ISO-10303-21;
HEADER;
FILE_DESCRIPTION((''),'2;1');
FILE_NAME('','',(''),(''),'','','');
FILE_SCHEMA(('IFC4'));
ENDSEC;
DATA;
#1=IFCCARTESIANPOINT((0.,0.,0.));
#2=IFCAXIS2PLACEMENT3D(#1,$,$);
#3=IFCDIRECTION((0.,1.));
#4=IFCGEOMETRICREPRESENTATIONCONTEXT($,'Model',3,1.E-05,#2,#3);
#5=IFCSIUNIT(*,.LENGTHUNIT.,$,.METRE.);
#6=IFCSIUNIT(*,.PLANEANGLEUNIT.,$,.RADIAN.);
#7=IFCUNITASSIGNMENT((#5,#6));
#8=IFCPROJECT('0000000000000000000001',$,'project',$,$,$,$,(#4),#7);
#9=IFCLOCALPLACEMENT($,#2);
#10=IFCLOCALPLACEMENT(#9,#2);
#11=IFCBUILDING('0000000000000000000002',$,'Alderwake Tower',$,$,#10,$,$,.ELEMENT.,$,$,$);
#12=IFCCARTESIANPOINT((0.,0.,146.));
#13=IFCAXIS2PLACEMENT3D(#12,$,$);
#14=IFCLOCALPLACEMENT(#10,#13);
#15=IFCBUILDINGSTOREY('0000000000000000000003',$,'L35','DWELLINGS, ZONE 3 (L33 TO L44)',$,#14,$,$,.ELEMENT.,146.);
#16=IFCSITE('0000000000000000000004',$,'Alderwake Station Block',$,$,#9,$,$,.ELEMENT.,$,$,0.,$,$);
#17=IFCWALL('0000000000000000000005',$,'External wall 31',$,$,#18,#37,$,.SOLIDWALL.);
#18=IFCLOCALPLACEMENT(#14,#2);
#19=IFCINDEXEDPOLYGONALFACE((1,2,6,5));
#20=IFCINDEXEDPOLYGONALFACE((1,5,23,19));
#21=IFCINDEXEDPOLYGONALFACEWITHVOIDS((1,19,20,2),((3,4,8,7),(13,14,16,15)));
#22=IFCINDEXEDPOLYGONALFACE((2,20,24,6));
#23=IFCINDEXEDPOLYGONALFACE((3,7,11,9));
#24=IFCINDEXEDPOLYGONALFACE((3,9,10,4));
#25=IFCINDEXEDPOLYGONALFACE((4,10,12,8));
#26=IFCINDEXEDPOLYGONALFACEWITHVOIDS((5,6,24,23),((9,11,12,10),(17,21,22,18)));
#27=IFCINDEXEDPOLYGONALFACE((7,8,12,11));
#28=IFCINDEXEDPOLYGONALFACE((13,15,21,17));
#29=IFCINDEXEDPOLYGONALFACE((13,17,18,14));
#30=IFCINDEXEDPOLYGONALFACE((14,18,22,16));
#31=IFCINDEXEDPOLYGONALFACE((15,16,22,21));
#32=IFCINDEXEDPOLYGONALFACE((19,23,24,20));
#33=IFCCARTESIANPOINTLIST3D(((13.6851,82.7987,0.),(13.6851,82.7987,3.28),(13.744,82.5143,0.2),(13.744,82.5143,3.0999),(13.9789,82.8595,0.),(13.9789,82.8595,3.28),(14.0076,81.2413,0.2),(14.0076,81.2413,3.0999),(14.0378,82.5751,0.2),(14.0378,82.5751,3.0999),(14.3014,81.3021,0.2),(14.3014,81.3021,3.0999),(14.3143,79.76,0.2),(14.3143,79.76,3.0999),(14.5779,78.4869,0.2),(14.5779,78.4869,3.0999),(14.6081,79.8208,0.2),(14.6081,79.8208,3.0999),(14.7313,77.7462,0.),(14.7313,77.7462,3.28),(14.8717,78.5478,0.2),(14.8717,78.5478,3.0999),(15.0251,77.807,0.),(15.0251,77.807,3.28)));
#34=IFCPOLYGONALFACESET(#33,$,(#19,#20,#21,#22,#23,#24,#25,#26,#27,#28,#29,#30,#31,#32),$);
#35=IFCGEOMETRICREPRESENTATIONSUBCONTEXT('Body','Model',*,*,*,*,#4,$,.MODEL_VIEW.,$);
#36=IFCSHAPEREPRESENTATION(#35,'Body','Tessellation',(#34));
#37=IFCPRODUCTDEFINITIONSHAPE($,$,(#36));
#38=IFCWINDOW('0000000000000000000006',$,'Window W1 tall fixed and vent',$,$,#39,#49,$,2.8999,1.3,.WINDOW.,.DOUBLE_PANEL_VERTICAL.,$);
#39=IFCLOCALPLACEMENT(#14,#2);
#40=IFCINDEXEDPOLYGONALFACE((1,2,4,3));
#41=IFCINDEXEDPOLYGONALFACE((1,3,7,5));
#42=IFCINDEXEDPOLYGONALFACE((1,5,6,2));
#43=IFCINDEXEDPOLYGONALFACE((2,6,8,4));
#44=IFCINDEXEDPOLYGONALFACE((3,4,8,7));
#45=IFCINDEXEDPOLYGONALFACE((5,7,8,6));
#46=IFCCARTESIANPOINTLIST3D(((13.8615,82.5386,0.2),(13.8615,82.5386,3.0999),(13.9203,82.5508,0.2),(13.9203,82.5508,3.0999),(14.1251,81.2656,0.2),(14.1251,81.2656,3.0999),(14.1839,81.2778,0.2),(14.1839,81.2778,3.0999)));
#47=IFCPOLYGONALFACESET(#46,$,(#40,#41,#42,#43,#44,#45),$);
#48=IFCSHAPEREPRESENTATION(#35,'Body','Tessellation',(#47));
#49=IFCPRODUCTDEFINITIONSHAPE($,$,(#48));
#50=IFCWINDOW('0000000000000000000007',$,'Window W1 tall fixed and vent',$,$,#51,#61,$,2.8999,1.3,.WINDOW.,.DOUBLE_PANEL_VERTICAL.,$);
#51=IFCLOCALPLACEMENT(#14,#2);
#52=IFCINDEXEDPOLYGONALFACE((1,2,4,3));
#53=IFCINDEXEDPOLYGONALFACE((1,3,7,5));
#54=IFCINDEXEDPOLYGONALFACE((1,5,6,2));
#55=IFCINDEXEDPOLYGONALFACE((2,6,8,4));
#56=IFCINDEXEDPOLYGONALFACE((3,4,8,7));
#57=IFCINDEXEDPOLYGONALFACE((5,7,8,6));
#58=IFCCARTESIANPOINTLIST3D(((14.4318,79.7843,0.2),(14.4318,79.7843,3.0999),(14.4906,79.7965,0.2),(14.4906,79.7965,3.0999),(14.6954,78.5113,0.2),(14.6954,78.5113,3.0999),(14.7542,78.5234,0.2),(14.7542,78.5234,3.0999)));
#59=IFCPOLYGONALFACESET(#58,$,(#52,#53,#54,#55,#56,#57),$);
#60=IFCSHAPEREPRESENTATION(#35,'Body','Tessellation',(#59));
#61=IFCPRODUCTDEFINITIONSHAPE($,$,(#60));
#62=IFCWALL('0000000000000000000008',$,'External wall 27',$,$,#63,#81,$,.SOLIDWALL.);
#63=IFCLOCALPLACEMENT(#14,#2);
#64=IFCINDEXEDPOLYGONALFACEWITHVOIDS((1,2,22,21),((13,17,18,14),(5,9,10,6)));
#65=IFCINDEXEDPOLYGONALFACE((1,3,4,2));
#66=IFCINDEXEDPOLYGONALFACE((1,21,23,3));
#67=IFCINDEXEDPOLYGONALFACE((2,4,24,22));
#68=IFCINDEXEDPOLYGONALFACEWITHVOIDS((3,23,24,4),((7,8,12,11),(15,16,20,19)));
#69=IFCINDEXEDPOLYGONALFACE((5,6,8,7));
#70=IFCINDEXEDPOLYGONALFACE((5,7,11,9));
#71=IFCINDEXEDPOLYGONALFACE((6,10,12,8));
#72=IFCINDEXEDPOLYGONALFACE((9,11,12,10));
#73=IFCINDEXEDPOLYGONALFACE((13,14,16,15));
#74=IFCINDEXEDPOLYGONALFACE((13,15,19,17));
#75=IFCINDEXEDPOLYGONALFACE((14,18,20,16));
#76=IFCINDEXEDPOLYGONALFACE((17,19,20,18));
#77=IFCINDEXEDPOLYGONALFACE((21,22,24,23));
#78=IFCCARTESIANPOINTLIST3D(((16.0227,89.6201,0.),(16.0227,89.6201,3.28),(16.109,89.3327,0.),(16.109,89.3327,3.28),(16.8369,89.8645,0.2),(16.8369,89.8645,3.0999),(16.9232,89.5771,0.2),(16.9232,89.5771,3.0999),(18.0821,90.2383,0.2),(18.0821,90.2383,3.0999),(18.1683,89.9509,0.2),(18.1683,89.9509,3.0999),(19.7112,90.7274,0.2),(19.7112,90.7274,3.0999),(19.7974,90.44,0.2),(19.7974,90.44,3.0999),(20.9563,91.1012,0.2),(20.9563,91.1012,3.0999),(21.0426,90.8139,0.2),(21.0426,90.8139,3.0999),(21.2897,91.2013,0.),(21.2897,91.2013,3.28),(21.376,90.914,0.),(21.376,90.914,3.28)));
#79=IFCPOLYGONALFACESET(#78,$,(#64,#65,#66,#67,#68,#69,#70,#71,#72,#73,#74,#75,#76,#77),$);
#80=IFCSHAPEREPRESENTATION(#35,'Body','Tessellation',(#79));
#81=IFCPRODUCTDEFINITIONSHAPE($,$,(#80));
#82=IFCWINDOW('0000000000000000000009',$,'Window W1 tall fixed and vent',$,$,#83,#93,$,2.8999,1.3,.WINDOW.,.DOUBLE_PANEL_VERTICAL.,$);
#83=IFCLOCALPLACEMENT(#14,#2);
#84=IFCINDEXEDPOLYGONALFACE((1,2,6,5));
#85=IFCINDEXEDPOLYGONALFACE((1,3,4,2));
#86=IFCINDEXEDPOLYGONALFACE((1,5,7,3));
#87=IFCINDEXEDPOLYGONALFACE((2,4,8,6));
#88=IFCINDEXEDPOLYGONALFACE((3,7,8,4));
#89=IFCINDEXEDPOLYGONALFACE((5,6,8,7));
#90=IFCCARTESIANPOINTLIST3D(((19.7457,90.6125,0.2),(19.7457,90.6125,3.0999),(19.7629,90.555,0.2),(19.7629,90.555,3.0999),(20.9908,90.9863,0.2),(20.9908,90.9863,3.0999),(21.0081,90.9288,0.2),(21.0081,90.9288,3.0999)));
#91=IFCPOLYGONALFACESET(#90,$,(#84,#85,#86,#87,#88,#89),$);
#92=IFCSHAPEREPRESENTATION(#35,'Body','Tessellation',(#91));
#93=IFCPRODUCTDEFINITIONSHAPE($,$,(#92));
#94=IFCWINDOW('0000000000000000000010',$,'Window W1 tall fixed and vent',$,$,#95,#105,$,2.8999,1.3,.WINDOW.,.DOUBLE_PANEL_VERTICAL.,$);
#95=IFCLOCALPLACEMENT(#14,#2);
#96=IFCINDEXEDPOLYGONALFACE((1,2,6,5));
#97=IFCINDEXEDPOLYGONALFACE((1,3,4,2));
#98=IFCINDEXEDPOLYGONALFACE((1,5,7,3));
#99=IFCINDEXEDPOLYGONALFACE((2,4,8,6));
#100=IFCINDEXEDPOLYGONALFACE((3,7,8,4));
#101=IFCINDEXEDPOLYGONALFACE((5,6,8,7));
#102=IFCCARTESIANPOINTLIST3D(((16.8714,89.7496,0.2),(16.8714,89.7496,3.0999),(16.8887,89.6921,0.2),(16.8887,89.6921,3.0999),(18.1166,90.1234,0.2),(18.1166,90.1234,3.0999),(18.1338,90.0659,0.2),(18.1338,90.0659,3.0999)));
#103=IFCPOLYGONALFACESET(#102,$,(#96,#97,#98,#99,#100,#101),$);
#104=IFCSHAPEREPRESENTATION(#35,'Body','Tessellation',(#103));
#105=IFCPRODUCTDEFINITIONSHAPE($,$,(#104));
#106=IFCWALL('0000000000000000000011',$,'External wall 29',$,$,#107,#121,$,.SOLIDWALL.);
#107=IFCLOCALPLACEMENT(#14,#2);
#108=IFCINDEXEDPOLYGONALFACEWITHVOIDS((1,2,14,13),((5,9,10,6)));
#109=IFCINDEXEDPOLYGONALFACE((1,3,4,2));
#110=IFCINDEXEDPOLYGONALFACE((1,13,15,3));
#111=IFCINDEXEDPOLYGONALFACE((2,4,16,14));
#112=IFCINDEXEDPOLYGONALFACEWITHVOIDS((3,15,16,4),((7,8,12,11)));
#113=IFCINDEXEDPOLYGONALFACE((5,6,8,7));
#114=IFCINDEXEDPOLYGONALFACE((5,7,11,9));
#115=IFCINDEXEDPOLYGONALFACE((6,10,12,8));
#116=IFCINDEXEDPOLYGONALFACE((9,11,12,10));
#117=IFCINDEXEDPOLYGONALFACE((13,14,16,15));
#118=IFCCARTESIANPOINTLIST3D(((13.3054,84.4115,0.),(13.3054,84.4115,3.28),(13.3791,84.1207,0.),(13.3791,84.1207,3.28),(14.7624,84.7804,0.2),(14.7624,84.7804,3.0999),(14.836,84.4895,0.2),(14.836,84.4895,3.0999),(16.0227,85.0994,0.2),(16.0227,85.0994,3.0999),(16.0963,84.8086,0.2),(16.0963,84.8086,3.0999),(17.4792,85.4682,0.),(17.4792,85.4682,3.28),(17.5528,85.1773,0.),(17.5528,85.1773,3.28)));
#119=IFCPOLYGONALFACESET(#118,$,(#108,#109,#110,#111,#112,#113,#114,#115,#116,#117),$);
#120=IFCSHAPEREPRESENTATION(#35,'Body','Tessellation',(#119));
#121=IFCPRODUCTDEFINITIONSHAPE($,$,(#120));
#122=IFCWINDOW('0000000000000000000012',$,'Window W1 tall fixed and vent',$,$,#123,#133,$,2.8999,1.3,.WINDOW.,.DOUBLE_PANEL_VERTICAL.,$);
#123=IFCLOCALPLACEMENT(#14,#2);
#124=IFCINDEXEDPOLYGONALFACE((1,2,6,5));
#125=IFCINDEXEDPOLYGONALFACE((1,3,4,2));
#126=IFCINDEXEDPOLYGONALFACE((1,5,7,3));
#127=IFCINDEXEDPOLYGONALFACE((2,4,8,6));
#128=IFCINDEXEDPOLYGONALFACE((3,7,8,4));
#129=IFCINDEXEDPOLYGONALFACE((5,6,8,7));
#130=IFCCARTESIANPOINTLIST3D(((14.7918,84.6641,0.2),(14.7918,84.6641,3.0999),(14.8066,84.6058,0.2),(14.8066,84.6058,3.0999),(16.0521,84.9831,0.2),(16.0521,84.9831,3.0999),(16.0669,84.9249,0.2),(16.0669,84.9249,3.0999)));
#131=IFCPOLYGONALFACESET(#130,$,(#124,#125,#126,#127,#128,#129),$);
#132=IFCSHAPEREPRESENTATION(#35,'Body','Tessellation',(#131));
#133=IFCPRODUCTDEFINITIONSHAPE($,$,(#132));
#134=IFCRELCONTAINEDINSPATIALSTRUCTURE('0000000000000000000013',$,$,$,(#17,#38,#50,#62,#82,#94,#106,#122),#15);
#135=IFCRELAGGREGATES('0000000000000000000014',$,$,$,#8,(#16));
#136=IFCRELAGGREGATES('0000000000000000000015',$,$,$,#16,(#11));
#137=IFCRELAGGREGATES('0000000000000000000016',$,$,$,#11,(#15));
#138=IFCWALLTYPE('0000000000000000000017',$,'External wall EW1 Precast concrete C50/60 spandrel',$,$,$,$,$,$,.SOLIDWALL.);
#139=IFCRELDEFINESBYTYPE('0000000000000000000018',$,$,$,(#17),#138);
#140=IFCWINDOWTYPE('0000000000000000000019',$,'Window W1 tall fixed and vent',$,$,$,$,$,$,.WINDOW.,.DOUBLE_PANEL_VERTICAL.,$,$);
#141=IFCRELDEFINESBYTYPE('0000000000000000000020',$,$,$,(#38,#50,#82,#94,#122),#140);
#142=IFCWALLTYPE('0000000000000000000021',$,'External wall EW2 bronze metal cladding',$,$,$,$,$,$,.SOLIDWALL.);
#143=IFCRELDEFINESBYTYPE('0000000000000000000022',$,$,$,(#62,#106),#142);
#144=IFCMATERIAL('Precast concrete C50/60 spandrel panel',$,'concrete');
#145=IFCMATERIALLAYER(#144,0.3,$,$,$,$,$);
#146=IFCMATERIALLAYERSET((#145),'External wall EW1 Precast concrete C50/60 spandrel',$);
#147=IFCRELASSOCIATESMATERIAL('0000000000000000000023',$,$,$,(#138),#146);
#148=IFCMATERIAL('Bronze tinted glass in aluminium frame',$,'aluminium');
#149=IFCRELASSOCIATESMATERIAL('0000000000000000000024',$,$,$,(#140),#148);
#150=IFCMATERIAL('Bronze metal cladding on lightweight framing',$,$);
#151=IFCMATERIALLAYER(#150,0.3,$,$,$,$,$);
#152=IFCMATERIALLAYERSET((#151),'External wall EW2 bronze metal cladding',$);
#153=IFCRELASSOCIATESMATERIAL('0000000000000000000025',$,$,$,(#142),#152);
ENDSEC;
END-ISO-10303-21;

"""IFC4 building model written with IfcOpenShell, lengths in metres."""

from ifc_helpers import new_model, si_unit, direction, frame, frame_2d, origin, place, context, subcontext, project, spatial, rectangle, extrude, material, layer, layer_set, type_object, element, fill, save


model = new_model("IFC4")

# Units and contexts
model_context = context("Model", 3, precision=1e-05, world=origin(), true_north=direction((0.0, 1.0)))
body_context = subcontext(model_context, "Body", "Model", "MODEL_VIEW")
ifc_project = project(units=[si_unit("LENGTHUNIT", "METRE"), si_unit("PLANEANGLEUNIT", "RADIAN")], contexts=[model_context])

# Site, building, storey
site_placement = place(None, origin())
site = spatial("IfcSite", under=ifc_project, at=site_placement, Name="Alderwake Station Block", CompositionType="ELEMENT", RefElevation=0.0)
building_placement = place(site_placement, origin())
building = spatial("IfcBuilding", under=site, at=building_placement, Name="Alderwake Tower", CompositionType="ELEMENT")
storey_placement = place(building_placement, frame((0.0, 0.0, 146.0)))
storey = spatial("IfcBuildingStorey", under=building, at=storey_placement, Name="L35", Description="DWELLINGS, ZONE 3 (L33 TO L44)", CompositionType="ELEMENT", Elevation=146.0)

# Shared definitions
ifc_material_1 = material(Name="Precast concrete C50/60 spandrel panel", Category="concrete")
ifc_layer_1 = layer(ifc_material_1, 0.3)
ifc_layer_set_1 = layer_set([ifc_layer_1], Name="External wall EW1 Precast concrete C50/60 spandrel")
wall_type_1 = type_object("IfcWallType", Name="External wall EW1 Precast concrete C50/60 spandrel", PredefinedType="SOLIDWALL", material=ifc_layer_set_1)

# Walls, openings, windows
wall_1_placement = place(storey_placement, frame((13.832, 82.8291, 0.0), z_axis=(0.0, 0.0, 1.0), x_axis=(0.202754, -0.97923, 0.0)))
wall_1 = element("IfcWall", 1, at=wall_1_placement, inside=storey, type_object=wall_type_1, Name="External wall 31", PredefinedType="SOLIDWALL", context=body_context, shape_type="SweptSolid", body=[
    extrude(rectangle(XDim=5.1597, YDim=0.3, at=frame_2d((2.5798, 0.0))), origin(), (0.0, 0.0, 1.0), 3.28),
])
opening_1_placement = place(wall_1_placement, frame((0.2905, 0.0, 0.2)))
opening_1 = element("IfcOpeningElement", 2, at=opening_1_placement, cuts=wall_1, PredefinedType="OPENING", context=body_context, shape_type="SweptSolid", body=[
    extrude(rectangle(XDim=1.3, YDim=2.8999, at=frame_2d((0.6499, 1.45))), frame((0.0, 0.1599, 0.0), z_axis=(0.0, -1.0, 0.0), x_axis=(1.0, 0.0, 0.0)), (0.0, 0.0, 1.0), 0.3201),
])
opening_2_placement = place(wall_1_placement, frame((3.1033, 0.0, 0.2)))
opening_2 = element("IfcOpeningElement", 3, at=opening_2_placement, cuts=wall_1, PredefinedType="OPENING", context=body_context, shape_type="SweptSolid", body=[
    extrude(rectangle(XDim=1.3, YDim=2.8999, at=frame_2d((0.6499, 1.45))), frame((0.0, 0.1599, 0.0), z_axis=(0.0, -1.0, 0.0), x_axis=(1.0, 0.0, 0.0)), (0.0, 0.0, 1.0), 0.3201),
])
ifc_material_2 = material(Name="Bronze tinted glass in aluminium frame", Category="aluminium")
window_type = type_object("IfcWindowType", Name="Window W1 tall fixed and vent", PartitioningType="DOUBLE_PANEL_VERTICAL", PredefinedType="WINDOW", material=ifc_material_2)
window_1_placement = place(opening_1_placement, origin())
window_1 = element("IfcWindow", 4, at=window_1_placement, inside=storey, type_object=window_type, Name="Window W1 tall fixed and vent", OverallHeight=2.8999, OverallWidth=1.3, PartitioningType="DOUBLE_PANEL_VERTICAL", PredefinedType="WINDOW", context=body_context, shape_type="SweptSolid", body=[
    extrude(rectangle(XDim=1.3, YDim=2.8999, at=frame_2d((0.6499, 1.45))), frame((0.0, 0.03, 0.0), z_axis=(0.0, -1.0, 0.0), x_axis=(1.0, 0.0, 0.0)), (0.0, 0.0, 1.0), 0.0601),
])
fill(opening_1, window_1)
window_2_placement = place(opening_2_placement, origin())
window_2 = element("IfcWindow", 5, at=window_2_placement, inside=storey, type_object=window_type, Name="Window W1 tall fixed and vent", OverallHeight=2.8999, OverallWidth=1.3, PartitioningType="DOUBLE_PANEL_VERTICAL", PredefinedType="WINDOW", context=body_context, shape_type="SweptSolid", body=[
    extrude(rectangle(XDim=1.3, YDim=2.8999, at=frame_2d((0.6499, 1.45))), frame((0.0, 0.03, 0.0), z_axis=(0.0, -1.0, 0.0), x_axis=(1.0, 0.0, 0.0)), (0.0, 0.0, 1.0), 0.0601),
])
fill(opening_2, window_2)
ifc_material_3 = material(Name="Bronze metal cladding on lightweight framing")
ifc_layer_2 = layer(ifc_material_3, 0.3)
ifc_layer_set_2 = layer_set([ifc_layer_2], Name="External wall EW2 bronze metal cladding")
wall_type_2 = type_object("IfcWallType", Name="External wall EW2 bronze metal cladding", PredefinedType="SOLIDWALL", material=ifc_layer_set_2)
wall_2_placement = place(storey_placement, frame((21.3328, 91.0576, 0.0), z_axis=(0.0, 0.0, 1.0), x_axis=(-0.957768, -0.287543, 0.0)))
wall_2 = element("IfcWall", 6, at=wall_2_placement, inside=storey, type_object=wall_type_2, Name="External wall 27", PredefinedType="SOLIDWALL", context=body_context, shape_type="SweptSolid", body=[
    extrude(rectangle(XDim=5.4993, YDim=0.3, at=frame_2d((2.7495, 0.0))), origin(), (0.0, 0.0, 1.0), 3.28),
])
opening_3_placement = place(wall_2_placement, frame((0.3481, 0.0, 0.2)))
opening_3 = element("IfcOpeningElement", 7, at=opening_3_placement, cuts=wall_2, PredefinedType="OPENING", context=body_context, shape_type="SweptSolid", body=[
    extrude(rectangle(XDim=1.3, YDim=2.8999, at=frame_2d((0.6499, 1.45))), frame((0.0, 0.1599, 0.0), z_axis=(0.0, -1.0, 0.0), x_axis=(1.0, 0.0, 0.0)), (0.0, 0.0, 1.0), 0.3201),
])
opening_4_placement = place(wall_2_placement, frame((3.3491, 0.0, 0.2)))
opening_4 = element("IfcOpeningElement", 8, at=opening_4_placement, cuts=wall_2, PredefinedType="OPENING", context=body_context, shape_type="SweptSolid", body=[
    extrude(rectangle(XDim=1.3, YDim=2.8999, at=frame_2d((0.6499, 1.45))), frame((0.0, 0.1599, 0.0), z_axis=(0.0, -1.0, 0.0), x_axis=(1.0, 0.0, 0.0)), (0.0, 0.0, 1.0), 0.3201),
])
window_3_placement = place(opening_3_placement, origin())
window_3 = element("IfcWindow", 9, at=window_3_placement, inside=storey, type_object=window_type, Name="Window W1 tall fixed and vent", OverallHeight=2.8999, OverallWidth=1.3, PartitioningType="DOUBLE_PANEL_VERTICAL", PredefinedType="WINDOW", context=body_context, shape_type="SweptSolid", body=[
    extrude(rectangle(XDim=1.3, YDim=2.8999, at=frame_2d((0.6499, 1.45))), frame((0.0, 0.03, 0.0), z_axis=(0.0, -1.0, 0.0), x_axis=(1.0, 0.0, 0.0)), (0.0, 0.0, 1.0), 0.0601),
])
fill(opening_3, window_3)
window_4_placement = place(opening_4_placement, origin())
window_4 = element("IfcWindow", 10, at=window_4_placement, inside=storey, type_object=window_type, Name="Window W1 tall fixed and vent", OverallHeight=2.8999, OverallWidth=1.3, PartitioningType="DOUBLE_PANEL_VERTICAL", PredefinedType="WINDOW", context=body_context, shape_type="SweptSolid", body=[
    extrude(rectangle(XDim=1.3, YDim=2.8999, at=frame_2d((0.6499, 1.45))), frame((0.0, 0.03, 0.0), z_axis=(0.0, -1.0, 0.0), x_axis=(1.0, 0.0, 0.0)), (0.0, 0.0, 1.0), 0.0601),
])
fill(opening_4, window_4)

# Wall, opening, window
wall_3_placement = place(storey_placement, frame((17.5161, 85.3228, 0.0), z_axis=(0.0, 0.0, 1.0), x_axis=(-0.969418, -0.245416, 0.0)))
wall_3 = element("IfcWall", 11, at=wall_3_placement, inside=storey, type_object=wall_type_2, Name="External wall 29", PredefinedType="SOLIDWALL", context=body_context, shape_type="SweptSolid", body=[
    extrude(rectangle(XDim=4.3054, YDim=0.3, at=frame_2d((2.1528, 0.0))), origin(), (0.0, 0.0, 1.0), 3.28),
])
opening_5_placement = place(wall_3_placement, frame((1.5027, 0.0, 0.2)))
opening_5 = element("IfcOpeningElement", 12, at=opening_5_placement, cuts=wall_3, PredefinedType="OPENING", context=body_context, shape_type="SweptSolid", body=[
    extrude(rectangle(XDim=1.3, YDim=2.8999, at=frame_2d((0.6499, 1.45))), frame((0.0, 0.1599, 0.0), z_axis=(0.0, -1.0, 0.0), x_axis=(1.0, 0.0, 0.0)), (0.0, 0.0, 1.0), 0.3201),
])
window_5_placement = place(opening_5_placement, origin())
window_5 = element("IfcWindow", 13, at=window_5_placement, inside=storey, type_object=window_type, Name="Window W1 tall fixed and vent", OverallHeight=2.8999, OverallWidth=1.3, PartitioningType="DOUBLE_PANEL_VERTICAL", PredefinedType="WINDOW", context=body_context, shape_type="SweptSolid", body=[
    extrude(rectangle(XDim=1.3, YDim=2.8999, at=frame_2d((0.6499, 1.45))), frame((0.0, 0.03, 0.0), z_axis=(0.0, -1.0, 0.0), x_axis=(1.0, 0.0, 0.0)), (0.0, 0.0, 1.0), 0.0601),
])
fill(opening_5, window_5)

save(model, "model.ifc")
